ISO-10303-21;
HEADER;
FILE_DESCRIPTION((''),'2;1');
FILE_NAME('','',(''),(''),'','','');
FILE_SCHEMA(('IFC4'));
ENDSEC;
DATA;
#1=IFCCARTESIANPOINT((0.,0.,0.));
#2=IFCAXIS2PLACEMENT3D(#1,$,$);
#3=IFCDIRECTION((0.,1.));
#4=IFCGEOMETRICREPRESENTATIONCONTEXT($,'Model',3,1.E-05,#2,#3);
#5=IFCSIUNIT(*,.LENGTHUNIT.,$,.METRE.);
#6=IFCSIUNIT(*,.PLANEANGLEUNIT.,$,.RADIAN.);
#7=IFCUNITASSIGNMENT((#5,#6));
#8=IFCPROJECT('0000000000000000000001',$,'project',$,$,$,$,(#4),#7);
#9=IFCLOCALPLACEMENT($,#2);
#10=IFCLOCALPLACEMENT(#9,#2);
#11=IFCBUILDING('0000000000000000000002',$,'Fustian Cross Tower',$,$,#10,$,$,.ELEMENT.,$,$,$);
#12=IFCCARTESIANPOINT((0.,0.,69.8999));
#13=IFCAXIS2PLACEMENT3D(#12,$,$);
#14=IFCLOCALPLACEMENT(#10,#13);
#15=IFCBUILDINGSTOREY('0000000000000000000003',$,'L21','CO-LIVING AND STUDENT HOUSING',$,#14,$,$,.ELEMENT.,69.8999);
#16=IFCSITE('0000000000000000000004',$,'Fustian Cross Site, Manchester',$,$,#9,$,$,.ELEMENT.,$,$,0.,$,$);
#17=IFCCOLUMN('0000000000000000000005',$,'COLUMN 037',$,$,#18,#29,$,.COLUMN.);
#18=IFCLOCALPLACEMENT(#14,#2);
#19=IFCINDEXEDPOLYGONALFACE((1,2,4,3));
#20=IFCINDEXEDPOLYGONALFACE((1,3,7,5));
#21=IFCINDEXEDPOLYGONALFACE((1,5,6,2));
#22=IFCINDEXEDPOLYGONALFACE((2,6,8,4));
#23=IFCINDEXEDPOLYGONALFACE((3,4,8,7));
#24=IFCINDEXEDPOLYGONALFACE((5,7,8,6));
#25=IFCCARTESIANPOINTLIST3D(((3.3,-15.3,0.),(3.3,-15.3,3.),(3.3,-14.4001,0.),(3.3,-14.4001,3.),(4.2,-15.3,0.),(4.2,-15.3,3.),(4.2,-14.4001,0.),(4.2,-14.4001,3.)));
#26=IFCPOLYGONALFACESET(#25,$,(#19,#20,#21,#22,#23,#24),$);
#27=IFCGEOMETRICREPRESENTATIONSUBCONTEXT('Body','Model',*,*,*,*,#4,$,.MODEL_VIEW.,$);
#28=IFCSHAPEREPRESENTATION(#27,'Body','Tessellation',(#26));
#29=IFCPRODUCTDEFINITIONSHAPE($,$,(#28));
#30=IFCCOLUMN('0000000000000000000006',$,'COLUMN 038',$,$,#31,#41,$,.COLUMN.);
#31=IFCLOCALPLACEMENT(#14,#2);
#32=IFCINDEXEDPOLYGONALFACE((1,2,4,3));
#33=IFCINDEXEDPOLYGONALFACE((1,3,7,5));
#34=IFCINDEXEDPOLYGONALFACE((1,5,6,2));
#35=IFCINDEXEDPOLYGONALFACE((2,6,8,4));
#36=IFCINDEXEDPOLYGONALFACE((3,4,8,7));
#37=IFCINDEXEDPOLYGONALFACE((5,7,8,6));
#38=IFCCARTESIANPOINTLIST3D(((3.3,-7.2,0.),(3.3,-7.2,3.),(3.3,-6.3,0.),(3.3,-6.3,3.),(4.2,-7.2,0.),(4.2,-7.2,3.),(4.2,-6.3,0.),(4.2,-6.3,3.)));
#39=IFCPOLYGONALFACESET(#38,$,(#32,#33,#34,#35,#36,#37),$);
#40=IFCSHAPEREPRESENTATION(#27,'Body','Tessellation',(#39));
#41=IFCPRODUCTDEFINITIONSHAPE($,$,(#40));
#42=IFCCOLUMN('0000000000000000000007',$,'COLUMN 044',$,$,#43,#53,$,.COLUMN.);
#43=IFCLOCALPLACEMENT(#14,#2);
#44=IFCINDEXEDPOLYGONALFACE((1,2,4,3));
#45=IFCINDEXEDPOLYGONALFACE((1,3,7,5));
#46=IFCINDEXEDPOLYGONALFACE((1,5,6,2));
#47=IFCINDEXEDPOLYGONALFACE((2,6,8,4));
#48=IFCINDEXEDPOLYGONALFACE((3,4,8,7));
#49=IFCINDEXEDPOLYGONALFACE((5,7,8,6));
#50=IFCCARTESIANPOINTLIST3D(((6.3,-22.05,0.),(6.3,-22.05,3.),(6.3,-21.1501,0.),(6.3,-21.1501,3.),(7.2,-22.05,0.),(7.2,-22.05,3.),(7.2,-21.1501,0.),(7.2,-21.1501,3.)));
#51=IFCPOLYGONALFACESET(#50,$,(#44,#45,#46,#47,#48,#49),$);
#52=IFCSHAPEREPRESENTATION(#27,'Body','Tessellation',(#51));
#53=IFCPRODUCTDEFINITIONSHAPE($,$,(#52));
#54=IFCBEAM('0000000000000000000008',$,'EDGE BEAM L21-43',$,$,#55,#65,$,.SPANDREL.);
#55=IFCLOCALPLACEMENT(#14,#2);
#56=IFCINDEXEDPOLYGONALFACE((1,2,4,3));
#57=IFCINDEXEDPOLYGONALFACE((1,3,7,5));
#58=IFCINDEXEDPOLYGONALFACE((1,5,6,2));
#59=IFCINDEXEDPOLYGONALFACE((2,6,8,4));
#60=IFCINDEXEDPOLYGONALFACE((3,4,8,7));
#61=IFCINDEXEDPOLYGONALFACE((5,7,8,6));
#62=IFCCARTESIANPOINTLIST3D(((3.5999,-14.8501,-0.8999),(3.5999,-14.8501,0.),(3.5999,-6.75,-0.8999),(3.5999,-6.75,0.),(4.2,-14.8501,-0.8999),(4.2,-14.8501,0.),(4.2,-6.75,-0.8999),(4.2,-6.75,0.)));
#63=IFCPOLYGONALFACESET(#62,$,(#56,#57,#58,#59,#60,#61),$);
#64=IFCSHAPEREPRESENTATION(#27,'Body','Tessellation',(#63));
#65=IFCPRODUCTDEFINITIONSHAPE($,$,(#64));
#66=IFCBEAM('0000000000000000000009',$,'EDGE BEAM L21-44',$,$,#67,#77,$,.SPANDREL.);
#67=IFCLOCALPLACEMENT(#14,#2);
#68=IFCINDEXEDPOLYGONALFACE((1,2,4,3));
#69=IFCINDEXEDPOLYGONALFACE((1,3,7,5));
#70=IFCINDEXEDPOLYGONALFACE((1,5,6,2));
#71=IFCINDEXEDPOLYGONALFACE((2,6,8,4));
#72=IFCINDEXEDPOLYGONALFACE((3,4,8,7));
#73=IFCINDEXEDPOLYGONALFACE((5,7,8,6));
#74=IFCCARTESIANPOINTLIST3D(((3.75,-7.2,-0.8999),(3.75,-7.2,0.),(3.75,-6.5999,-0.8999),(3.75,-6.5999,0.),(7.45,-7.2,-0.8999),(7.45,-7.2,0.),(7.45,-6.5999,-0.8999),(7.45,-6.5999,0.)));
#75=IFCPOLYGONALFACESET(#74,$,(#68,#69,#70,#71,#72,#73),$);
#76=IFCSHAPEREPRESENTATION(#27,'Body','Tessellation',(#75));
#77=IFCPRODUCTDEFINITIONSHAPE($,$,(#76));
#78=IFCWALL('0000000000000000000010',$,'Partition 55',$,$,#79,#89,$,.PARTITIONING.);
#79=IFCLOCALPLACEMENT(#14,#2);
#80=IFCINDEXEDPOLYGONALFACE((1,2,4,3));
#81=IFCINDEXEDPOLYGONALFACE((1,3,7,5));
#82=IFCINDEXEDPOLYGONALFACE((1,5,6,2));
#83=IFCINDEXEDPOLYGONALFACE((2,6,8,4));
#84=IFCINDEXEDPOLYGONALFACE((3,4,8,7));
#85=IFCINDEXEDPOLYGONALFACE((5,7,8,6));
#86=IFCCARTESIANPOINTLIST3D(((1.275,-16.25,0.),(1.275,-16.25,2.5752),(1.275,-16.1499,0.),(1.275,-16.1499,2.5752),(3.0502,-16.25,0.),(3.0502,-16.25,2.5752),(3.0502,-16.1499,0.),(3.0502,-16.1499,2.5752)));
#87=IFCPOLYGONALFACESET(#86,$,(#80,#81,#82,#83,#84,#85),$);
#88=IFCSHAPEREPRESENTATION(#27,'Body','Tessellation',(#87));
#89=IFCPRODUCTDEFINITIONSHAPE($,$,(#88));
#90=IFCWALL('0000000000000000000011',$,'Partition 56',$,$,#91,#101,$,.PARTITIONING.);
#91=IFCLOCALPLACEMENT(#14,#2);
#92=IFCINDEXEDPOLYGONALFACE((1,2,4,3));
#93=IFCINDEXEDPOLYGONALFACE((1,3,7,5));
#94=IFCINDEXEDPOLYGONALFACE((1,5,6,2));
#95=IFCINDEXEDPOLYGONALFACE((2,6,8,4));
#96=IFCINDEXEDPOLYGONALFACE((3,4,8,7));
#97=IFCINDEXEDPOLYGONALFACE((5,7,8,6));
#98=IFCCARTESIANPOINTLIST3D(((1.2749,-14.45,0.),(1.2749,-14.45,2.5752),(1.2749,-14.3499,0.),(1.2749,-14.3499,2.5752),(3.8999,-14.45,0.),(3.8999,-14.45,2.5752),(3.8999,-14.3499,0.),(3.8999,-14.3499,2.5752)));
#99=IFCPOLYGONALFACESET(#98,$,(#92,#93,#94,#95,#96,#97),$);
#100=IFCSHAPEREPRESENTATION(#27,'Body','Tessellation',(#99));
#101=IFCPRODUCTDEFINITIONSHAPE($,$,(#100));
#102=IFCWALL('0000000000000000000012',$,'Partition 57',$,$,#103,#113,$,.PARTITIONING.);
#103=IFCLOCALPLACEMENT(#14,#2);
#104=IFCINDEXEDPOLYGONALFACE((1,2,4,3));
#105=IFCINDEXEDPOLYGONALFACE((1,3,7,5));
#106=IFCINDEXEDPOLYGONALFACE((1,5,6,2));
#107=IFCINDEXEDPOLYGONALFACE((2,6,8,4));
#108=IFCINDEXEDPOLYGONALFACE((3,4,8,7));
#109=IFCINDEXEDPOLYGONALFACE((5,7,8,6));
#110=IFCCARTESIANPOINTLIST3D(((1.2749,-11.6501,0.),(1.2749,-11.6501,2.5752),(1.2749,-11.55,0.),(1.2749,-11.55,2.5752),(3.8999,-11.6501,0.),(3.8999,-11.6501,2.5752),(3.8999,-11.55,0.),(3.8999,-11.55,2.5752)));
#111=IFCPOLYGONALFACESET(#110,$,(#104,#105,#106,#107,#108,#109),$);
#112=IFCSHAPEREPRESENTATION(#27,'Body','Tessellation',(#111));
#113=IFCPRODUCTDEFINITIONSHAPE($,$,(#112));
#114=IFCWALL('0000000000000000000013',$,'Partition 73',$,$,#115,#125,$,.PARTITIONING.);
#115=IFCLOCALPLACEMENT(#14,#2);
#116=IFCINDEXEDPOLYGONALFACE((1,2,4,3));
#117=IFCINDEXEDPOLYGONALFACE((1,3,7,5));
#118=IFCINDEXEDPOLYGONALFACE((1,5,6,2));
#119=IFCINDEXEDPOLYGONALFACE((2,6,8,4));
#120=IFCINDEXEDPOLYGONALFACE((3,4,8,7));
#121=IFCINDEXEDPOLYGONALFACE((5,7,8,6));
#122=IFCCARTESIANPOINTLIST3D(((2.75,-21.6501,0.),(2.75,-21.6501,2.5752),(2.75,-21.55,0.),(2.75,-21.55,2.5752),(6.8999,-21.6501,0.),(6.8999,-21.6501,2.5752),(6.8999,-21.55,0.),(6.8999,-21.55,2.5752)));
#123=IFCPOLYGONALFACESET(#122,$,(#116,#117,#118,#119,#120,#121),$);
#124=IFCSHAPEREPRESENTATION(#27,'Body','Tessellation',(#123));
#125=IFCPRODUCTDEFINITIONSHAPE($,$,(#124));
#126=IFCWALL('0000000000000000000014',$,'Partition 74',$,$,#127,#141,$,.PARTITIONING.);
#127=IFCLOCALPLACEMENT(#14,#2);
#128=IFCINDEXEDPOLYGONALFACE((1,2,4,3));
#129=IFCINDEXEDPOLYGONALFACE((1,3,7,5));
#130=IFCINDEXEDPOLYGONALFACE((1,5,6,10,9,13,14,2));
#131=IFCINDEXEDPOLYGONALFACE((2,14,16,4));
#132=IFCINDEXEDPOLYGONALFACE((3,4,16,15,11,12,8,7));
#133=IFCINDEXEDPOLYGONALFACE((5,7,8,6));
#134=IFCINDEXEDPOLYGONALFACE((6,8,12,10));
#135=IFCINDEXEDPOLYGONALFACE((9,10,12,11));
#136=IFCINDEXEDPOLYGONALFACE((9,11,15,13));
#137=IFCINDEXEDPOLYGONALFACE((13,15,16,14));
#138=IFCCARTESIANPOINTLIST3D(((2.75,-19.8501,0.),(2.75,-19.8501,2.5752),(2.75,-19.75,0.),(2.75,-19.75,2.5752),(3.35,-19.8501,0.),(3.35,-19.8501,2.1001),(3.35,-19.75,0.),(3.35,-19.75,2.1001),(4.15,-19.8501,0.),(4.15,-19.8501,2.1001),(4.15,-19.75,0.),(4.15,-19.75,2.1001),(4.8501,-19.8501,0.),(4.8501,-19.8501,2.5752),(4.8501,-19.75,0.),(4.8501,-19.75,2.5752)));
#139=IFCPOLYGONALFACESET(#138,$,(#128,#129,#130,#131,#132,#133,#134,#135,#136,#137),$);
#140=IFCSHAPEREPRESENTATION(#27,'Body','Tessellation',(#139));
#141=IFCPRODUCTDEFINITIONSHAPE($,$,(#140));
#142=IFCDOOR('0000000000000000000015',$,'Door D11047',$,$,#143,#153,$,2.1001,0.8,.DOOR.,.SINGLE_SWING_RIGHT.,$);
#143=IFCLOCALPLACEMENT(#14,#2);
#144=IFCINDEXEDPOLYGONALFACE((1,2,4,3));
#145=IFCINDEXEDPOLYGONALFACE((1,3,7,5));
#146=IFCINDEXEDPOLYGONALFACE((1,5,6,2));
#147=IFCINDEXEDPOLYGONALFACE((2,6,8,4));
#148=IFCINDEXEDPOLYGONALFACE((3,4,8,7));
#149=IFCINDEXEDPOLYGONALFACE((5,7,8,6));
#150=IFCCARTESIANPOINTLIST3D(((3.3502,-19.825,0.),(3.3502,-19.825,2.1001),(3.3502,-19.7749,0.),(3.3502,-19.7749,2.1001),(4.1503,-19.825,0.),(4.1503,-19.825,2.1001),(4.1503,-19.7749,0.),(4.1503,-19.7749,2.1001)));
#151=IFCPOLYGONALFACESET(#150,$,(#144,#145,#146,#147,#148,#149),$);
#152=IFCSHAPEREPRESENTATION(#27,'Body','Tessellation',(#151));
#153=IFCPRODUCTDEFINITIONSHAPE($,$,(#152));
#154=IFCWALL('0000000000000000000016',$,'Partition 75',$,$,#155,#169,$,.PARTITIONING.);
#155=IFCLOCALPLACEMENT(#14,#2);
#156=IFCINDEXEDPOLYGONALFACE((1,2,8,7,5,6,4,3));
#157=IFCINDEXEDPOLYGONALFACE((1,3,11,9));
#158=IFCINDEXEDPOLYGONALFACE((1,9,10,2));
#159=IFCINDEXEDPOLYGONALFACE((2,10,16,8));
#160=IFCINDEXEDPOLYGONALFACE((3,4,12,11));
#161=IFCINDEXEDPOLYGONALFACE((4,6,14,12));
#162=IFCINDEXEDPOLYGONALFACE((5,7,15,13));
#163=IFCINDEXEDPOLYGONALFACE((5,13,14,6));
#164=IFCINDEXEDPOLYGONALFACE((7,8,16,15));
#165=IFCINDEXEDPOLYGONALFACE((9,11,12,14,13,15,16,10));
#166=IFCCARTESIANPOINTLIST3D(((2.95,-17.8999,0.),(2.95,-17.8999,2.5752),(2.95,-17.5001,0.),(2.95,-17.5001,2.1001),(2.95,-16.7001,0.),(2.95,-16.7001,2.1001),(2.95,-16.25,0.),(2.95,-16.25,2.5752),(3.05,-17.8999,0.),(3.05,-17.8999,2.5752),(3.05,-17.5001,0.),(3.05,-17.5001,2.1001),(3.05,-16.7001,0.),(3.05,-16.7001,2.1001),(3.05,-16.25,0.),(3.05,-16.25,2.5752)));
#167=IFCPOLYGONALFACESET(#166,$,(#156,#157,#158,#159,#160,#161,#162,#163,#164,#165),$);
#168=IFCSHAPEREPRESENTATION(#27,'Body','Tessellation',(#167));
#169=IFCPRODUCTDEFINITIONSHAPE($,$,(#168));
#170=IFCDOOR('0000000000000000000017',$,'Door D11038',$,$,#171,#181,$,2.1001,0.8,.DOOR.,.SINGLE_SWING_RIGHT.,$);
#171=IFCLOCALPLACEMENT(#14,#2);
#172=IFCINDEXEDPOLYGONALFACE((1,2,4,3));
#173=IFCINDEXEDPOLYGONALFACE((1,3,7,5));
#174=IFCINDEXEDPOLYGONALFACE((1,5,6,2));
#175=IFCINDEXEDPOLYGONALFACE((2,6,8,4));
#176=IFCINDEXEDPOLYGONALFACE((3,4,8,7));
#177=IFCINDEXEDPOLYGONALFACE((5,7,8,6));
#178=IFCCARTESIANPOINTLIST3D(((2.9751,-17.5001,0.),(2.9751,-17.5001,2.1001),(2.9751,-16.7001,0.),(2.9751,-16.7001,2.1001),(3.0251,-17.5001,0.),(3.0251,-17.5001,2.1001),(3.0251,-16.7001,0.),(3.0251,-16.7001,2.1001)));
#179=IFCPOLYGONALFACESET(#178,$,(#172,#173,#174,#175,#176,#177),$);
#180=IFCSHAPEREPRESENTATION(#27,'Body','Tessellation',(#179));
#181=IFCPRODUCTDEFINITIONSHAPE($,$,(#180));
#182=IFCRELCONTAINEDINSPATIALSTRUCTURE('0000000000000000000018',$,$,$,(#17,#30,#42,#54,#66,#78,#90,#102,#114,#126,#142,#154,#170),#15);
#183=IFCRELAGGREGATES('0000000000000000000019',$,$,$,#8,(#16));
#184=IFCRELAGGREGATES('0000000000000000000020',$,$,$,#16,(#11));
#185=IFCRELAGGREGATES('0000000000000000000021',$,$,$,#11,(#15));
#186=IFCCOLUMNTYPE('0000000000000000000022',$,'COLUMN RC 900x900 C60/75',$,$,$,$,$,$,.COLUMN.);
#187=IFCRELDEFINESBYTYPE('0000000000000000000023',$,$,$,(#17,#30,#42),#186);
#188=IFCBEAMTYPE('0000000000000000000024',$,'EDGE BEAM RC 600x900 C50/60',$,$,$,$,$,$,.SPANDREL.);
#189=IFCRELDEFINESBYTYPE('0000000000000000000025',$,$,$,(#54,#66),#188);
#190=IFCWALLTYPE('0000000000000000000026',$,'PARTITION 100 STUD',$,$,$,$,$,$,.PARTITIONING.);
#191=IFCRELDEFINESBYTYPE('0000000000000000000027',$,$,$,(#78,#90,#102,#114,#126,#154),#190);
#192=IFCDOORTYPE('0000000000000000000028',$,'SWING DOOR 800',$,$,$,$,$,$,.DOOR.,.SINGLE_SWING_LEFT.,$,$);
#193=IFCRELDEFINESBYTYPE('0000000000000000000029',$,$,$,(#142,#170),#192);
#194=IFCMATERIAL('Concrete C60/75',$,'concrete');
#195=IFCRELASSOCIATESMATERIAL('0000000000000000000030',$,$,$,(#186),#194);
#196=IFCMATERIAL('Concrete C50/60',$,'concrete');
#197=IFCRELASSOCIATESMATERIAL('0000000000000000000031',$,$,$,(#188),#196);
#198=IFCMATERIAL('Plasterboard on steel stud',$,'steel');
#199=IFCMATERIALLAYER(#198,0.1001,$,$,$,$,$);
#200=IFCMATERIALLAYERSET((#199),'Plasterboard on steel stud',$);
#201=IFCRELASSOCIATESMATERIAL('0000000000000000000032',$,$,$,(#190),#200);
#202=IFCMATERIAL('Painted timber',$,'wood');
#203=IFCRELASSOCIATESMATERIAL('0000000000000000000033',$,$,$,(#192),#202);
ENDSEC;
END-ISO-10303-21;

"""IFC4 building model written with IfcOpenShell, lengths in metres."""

from ifc_helpers import new_model, si_unit, direction, frame, frame_2d, origin, origin_2d, place, context, subcontext, project, spatial, rectangle, extrude, material, layer, layer_set, material_profile, profile_set, type_object, element, fill, save


model = new_model("IFC4")

# Units and contexts
model_context = context("Model", 3, precision=1e-05, world=origin(), true_north=direction((0.0, 1.0)))
body_context = subcontext(model_context, "Body", "Model", "MODEL_VIEW")
ifc_project = project(units=[si_unit("LENGTHUNIT", "METRE"), si_unit("PLANEANGLEUNIT", "RADIAN")], contexts=[model_context])

# Site, building, storey
site_placement = place(None, origin())
site = spatial("IfcSite", under=ifc_project, at=site_placement, Name="Fustian Cross Site, Manchester", CompositionType="ELEMENT", RefElevation=0.0)
building_placement = place(site_placement, origin())
building = spatial("IfcBuilding", under=site, at=building_placement, Name="Fustian Cross Tower", CompositionType="ELEMENT")
storey_placement = place(building_placement, frame((0.0, 0.0, 69.8999)))
storey = spatial("IfcBuildingStorey", under=building, at=storey_placement, Name="L21", Description="CO-LIVING AND STUDENT HOUSING", CompositionType="ELEMENT", Elevation=69.8999)

# Columns
ifc_material_1 = material(Name="Concrete C60/75", Category="concrete")
ifc_material_profile_1 = material_profile(ifc_material_1, rectangle(XDim=0.8999, YDim=0.8999, at=origin_2d()), Name="RC 900x900")
ifc_profile_set_1 = profile_set([ifc_material_profile_1], Name="Concrete C60/75")
column_type = type_object("IfcColumnType", Name="COLUMN RC 900x900 C60/75", PredefinedType="COLUMN", material=ifc_profile_set_1)
for number, where, z_axis, x_axis, name in (
    (1, (3.75, -14.8501, 0.0), (0.0, 0.0, 1.0), (1.0, 0.0, 0.0), "COLUMN 037"),
    (2, (3.75, -6.75, 0.0), (0.0, 0.0, 1.0), (1.0, 0.0, 0.0), "COLUMN 038"),
    (3, (6.75, -21.6001, 0.0), (0.0, 0.0, 1.0), (1.0, 0.0, 0.0), "COLUMN 044"),
):
    element("IfcColumn", number, at=place(storey_placement, frame(where, z_axis=z_axis, x_axis=x_axis)), inside=storey, type_object=column_type, Name=name, PredefinedType="COLUMN", context=body_context, shape_type="SweptSolid", body=[
        extrude(rectangle(XDim=0.8999, YDim=0.8999, at=origin_2d()), origin(), (0.0, 0.0, 1.0), 3.0),
    ])

# Beams
ifc_material_2 = material(Name="Concrete C50/60", Category="concrete")
ifc_material_profile_2 = material_profile(ifc_material_2, rectangle(XDim=0.6001, YDim=0.8999, at=origin_2d()), Name="RC 600x900")
ifc_profile_set_2 = profile_set([ifc_material_profile_2], Name="Concrete C50/60")
beam_type = type_object("IfcBeamType", Name="EDGE BEAM RC 600x900 C50/60", PredefinedType="SPANDREL", material=ifc_profile_set_2)
beam_1_placement = place(storey_placement, frame((3.8999, -14.8501, -0.45), z_axis=(0.0, 1.0, 0.0), x_axis=(-1.0, 0.0, 0.0)))
element("IfcBeam", 4, at=beam_1_placement, inside=storey, type_object=beam_type, Name="EDGE BEAM L21-43", PredefinedType="SPANDREL", context=body_context, shape_type="SweptSolid", body=[
    extrude(rectangle(XDim=0.6001, YDim=0.8999, at=origin_2d()), origin(), (0.0, 0.0, 1.0), 8.1001),
])
beam_2_placement = place(storey_placement, frame((3.75, -6.8999, -0.45), z_axis=(1.0, 0.0, 0.0), x_axis=(0.0, 1.0, 0.0)))
element("IfcBeam", 5, at=beam_2_placement, inside=storey, type_object=beam_type, Name="EDGE BEAM L21-44", PredefinedType="SPANDREL", context=body_context, shape_type="SweptSolid", body=[
    extrude(rectangle(XDim=0.6001, YDim=0.8999, at=origin_2d()), origin(), (0.0, 0.0, 1.0), 3.7),
])

# Walls
ifc_material_3 = material(Name="Plasterboard on steel stud", Category="steel")
ifc_layer_1 = layer(ifc_material_3, 0.1001)
ifc_layer_set_1 = layer_set([ifc_layer_1], Name="Plasterboard on steel stud")
wall_type_1 = type_object("IfcWallType", Name="PARTITION 100 STUD", PredefinedType="PARTITIONING", material=ifc_layer_set_1)
wall_1_placement = place(storey_placement, frame((1.2749, -16.2, 0.0), z_axis=(0.0, 0.0, 1.0), x_axis=(1.0, 0.0, 0.0)))
element("IfcWall", 6, at=wall_1_placement, inside=storey, type_object=wall_type_1, Name="Partition 55", PredefinedType="PARTITIONING", context=body_context, shape_type="SweptSolid", body=[
    extrude(rectangle(XDim=1.7751, YDim=0.1001, at=frame_2d((0.8877, 0.0))), origin(), (0.0, 0.0, 1.0), 2.5752),
])
for number, where, z_axis, x_axis, name in (
    (7, (1.2749, -14.3999, 0.0), (0.0, 0.0, 1.0), (1.0, 0.0, 0.0), "Partition 56"),
    (8, (1.2749, -11.6001, 0.0), (0.0, 0.0, 1.0), (1.0, 0.0, 0.0), "Partition 57"),
):
    element("IfcWall", number, at=place(storey_placement, frame(where, z_axis=z_axis, x_axis=x_axis)), inside=storey, type_object=wall_type_1, Name=name, PredefinedType="PARTITIONING", context=body_context, shape_type="SweptSolid", body=[
        extrude(rectangle(XDim=2.625, YDim=0.1001, at=frame_2d((1.3125, 0.0))), origin(), (0.0, 0.0, 1.0), 2.5752),
    ])
wall_2_placement = place(storey_placement, frame((2.75, -21.6001, 0.0), z_axis=(0.0, 0.0, 1.0), x_axis=(1.0, 0.0, 0.0)))
element("IfcWall", 9, at=wall_2_placement, inside=storey, type_object=wall_type_1, Name="Partition 73", PredefinedType="PARTITIONING", context=body_context, shape_type="SweptSolid", body=[
    extrude(rectangle(XDim=4.1499, YDim=0.1001, at=frame_2d((2.075, 0.0))), origin(), (0.0, 0.0, 1.0), 2.5752),
])

# Walls, openings, doors
wall_3_placement = place(storey_placement, frame((2.75, -19.8, 0.0), z_axis=(0.0, 0.0, 1.0), x_axis=(1.0, 0.0, 0.0)))
wall_3 = element("IfcWall", 10, at=wall_3_placement, inside=storey, type_object=wall_type_1, Name="Partition 74", PredefinedType="PARTITIONING", context=body_context, shape_type="SweptSolid", body=[
    extrude(rectangle(XDim=2.1001, YDim=0.1001, at=frame_2d((1.05, 0.0))), origin(), (0.0, 0.0, 1.0), 2.5752),
])
opening_1_placement = place(wall_3_placement, frame((0.6001, 0.0, 0.0)))
opening_1 = element("IfcOpeningElement", 11, at=opening_1_placement, cuts=wall_3, PredefinedType="OPENING", context=body_context, shape_type="SweptSolid", body=[
    extrude(rectangle(XDim=0.8, YDim=2.1001, at=frame_2d((0.3999, 1.05))), frame((0.0, 0.0601, 0.0), z_axis=(0.0, -1.0, 0.0), x_axis=(1.0, 0.0, 0.0)), (0.0, 0.0, 1.0), 0.1201),
])
ifc_material_4 = material(Name="Painted timber", Category="wood")
door_type_1 = type_object("IfcDoorType", Name="SWING DOOR 800", OperationType="SINGLE_SWING_LEFT", PredefinedType="DOOR", material=ifc_material_4)
door_1_placement = place(opening_1_placement, frame((0.8, 0.0, 0.0), z_axis=(0.0, 0.0, 1.0), x_axis=(-1.0, 0.0, 0.0)))
door_1 = element("IfcDoor", 12, at=door_1_placement, inside=storey, type_object=door_type_1, Name="Door D11047", OperationType="SINGLE_SWING_RIGHT", OverallHeight=2.1001, OverallWidth=0.8, PredefinedType="DOOR", context=body_context, shape_type="SweptSolid", body=[
    extrude(rectangle(XDim=0.8, YDim=2.1001, at=frame_2d((0.3999, 1.05))), frame((0.0, 0.0249, 0.0), z_axis=(0.0, -1.0, 0.0), x_axis=(1.0, 0.0, 0.0)), (0.0, 0.0, 1.0), 0.05),
])
fill(opening_1, door_1)
wall_4_placement = place(storey_placement, frame((3.0, -17.8999, 0.0), z_axis=(0.0, 0.0, 1.0), x_axis=(0.0, 1.0, 0.0)))
wall_4 = element("IfcWall", 13, at=wall_4_placement, inside=storey, type_object=wall_type_1, Name="Partition 75", PredefinedType="PARTITIONING", context=body_context, shape_type="SweptSolid", body=[
    extrude(rectangle(XDim=1.6499, YDim=0.1001, at=frame_2d((0.825, 0.0))), origin(), (0.0, 0.0, 1.0), 2.5752),
])
opening_2_placement = place(wall_4_placement, frame((0.3999, 0.0, 0.0)))
opening_2 = element("IfcOpeningElement", 14, at=opening_2_placement, cuts=wall_4, PredefinedType="OPENING", context=body_context, shape_type="SweptSolid", body=[
    extrude(rectangle(XDim=0.8, YDim=2.1001, at=frame_2d((0.3999, 1.05))), frame((0.0, 0.0601, 0.0), z_axis=(0.0, -1.0, 0.0), x_axis=(1.0, 0.0, 0.0)), (0.0, 0.0, 1.0), 0.1201),
])
door_2_placement = place(opening_2_placement, origin())
door_2 = element("IfcDoor", 15, at=door_2_placement, inside=storey, type_object=door_type_1, Name="Door D11038", OperationType="SINGLE_SWING_RIGHT", OverallHeight=2.1001, OverallWidth=0.8, PredefinedType="DOOR", context=body_context, shape_type="SweptSolid", body=[
    extrude(rectangle(XDim=0.8, YDim=2.1001, at=frame_2d((0.3999, 1.05))), frame((0.0, 0.0249, 0.0), z_axis=(0.0, -1.0, 0.0), x_axis=(1.0, 0.0, 0.0)), (0.0, 0.0, 1.0), 0.05),
])
fill(opening_2, door_2)

save(model, "model.ifc")
